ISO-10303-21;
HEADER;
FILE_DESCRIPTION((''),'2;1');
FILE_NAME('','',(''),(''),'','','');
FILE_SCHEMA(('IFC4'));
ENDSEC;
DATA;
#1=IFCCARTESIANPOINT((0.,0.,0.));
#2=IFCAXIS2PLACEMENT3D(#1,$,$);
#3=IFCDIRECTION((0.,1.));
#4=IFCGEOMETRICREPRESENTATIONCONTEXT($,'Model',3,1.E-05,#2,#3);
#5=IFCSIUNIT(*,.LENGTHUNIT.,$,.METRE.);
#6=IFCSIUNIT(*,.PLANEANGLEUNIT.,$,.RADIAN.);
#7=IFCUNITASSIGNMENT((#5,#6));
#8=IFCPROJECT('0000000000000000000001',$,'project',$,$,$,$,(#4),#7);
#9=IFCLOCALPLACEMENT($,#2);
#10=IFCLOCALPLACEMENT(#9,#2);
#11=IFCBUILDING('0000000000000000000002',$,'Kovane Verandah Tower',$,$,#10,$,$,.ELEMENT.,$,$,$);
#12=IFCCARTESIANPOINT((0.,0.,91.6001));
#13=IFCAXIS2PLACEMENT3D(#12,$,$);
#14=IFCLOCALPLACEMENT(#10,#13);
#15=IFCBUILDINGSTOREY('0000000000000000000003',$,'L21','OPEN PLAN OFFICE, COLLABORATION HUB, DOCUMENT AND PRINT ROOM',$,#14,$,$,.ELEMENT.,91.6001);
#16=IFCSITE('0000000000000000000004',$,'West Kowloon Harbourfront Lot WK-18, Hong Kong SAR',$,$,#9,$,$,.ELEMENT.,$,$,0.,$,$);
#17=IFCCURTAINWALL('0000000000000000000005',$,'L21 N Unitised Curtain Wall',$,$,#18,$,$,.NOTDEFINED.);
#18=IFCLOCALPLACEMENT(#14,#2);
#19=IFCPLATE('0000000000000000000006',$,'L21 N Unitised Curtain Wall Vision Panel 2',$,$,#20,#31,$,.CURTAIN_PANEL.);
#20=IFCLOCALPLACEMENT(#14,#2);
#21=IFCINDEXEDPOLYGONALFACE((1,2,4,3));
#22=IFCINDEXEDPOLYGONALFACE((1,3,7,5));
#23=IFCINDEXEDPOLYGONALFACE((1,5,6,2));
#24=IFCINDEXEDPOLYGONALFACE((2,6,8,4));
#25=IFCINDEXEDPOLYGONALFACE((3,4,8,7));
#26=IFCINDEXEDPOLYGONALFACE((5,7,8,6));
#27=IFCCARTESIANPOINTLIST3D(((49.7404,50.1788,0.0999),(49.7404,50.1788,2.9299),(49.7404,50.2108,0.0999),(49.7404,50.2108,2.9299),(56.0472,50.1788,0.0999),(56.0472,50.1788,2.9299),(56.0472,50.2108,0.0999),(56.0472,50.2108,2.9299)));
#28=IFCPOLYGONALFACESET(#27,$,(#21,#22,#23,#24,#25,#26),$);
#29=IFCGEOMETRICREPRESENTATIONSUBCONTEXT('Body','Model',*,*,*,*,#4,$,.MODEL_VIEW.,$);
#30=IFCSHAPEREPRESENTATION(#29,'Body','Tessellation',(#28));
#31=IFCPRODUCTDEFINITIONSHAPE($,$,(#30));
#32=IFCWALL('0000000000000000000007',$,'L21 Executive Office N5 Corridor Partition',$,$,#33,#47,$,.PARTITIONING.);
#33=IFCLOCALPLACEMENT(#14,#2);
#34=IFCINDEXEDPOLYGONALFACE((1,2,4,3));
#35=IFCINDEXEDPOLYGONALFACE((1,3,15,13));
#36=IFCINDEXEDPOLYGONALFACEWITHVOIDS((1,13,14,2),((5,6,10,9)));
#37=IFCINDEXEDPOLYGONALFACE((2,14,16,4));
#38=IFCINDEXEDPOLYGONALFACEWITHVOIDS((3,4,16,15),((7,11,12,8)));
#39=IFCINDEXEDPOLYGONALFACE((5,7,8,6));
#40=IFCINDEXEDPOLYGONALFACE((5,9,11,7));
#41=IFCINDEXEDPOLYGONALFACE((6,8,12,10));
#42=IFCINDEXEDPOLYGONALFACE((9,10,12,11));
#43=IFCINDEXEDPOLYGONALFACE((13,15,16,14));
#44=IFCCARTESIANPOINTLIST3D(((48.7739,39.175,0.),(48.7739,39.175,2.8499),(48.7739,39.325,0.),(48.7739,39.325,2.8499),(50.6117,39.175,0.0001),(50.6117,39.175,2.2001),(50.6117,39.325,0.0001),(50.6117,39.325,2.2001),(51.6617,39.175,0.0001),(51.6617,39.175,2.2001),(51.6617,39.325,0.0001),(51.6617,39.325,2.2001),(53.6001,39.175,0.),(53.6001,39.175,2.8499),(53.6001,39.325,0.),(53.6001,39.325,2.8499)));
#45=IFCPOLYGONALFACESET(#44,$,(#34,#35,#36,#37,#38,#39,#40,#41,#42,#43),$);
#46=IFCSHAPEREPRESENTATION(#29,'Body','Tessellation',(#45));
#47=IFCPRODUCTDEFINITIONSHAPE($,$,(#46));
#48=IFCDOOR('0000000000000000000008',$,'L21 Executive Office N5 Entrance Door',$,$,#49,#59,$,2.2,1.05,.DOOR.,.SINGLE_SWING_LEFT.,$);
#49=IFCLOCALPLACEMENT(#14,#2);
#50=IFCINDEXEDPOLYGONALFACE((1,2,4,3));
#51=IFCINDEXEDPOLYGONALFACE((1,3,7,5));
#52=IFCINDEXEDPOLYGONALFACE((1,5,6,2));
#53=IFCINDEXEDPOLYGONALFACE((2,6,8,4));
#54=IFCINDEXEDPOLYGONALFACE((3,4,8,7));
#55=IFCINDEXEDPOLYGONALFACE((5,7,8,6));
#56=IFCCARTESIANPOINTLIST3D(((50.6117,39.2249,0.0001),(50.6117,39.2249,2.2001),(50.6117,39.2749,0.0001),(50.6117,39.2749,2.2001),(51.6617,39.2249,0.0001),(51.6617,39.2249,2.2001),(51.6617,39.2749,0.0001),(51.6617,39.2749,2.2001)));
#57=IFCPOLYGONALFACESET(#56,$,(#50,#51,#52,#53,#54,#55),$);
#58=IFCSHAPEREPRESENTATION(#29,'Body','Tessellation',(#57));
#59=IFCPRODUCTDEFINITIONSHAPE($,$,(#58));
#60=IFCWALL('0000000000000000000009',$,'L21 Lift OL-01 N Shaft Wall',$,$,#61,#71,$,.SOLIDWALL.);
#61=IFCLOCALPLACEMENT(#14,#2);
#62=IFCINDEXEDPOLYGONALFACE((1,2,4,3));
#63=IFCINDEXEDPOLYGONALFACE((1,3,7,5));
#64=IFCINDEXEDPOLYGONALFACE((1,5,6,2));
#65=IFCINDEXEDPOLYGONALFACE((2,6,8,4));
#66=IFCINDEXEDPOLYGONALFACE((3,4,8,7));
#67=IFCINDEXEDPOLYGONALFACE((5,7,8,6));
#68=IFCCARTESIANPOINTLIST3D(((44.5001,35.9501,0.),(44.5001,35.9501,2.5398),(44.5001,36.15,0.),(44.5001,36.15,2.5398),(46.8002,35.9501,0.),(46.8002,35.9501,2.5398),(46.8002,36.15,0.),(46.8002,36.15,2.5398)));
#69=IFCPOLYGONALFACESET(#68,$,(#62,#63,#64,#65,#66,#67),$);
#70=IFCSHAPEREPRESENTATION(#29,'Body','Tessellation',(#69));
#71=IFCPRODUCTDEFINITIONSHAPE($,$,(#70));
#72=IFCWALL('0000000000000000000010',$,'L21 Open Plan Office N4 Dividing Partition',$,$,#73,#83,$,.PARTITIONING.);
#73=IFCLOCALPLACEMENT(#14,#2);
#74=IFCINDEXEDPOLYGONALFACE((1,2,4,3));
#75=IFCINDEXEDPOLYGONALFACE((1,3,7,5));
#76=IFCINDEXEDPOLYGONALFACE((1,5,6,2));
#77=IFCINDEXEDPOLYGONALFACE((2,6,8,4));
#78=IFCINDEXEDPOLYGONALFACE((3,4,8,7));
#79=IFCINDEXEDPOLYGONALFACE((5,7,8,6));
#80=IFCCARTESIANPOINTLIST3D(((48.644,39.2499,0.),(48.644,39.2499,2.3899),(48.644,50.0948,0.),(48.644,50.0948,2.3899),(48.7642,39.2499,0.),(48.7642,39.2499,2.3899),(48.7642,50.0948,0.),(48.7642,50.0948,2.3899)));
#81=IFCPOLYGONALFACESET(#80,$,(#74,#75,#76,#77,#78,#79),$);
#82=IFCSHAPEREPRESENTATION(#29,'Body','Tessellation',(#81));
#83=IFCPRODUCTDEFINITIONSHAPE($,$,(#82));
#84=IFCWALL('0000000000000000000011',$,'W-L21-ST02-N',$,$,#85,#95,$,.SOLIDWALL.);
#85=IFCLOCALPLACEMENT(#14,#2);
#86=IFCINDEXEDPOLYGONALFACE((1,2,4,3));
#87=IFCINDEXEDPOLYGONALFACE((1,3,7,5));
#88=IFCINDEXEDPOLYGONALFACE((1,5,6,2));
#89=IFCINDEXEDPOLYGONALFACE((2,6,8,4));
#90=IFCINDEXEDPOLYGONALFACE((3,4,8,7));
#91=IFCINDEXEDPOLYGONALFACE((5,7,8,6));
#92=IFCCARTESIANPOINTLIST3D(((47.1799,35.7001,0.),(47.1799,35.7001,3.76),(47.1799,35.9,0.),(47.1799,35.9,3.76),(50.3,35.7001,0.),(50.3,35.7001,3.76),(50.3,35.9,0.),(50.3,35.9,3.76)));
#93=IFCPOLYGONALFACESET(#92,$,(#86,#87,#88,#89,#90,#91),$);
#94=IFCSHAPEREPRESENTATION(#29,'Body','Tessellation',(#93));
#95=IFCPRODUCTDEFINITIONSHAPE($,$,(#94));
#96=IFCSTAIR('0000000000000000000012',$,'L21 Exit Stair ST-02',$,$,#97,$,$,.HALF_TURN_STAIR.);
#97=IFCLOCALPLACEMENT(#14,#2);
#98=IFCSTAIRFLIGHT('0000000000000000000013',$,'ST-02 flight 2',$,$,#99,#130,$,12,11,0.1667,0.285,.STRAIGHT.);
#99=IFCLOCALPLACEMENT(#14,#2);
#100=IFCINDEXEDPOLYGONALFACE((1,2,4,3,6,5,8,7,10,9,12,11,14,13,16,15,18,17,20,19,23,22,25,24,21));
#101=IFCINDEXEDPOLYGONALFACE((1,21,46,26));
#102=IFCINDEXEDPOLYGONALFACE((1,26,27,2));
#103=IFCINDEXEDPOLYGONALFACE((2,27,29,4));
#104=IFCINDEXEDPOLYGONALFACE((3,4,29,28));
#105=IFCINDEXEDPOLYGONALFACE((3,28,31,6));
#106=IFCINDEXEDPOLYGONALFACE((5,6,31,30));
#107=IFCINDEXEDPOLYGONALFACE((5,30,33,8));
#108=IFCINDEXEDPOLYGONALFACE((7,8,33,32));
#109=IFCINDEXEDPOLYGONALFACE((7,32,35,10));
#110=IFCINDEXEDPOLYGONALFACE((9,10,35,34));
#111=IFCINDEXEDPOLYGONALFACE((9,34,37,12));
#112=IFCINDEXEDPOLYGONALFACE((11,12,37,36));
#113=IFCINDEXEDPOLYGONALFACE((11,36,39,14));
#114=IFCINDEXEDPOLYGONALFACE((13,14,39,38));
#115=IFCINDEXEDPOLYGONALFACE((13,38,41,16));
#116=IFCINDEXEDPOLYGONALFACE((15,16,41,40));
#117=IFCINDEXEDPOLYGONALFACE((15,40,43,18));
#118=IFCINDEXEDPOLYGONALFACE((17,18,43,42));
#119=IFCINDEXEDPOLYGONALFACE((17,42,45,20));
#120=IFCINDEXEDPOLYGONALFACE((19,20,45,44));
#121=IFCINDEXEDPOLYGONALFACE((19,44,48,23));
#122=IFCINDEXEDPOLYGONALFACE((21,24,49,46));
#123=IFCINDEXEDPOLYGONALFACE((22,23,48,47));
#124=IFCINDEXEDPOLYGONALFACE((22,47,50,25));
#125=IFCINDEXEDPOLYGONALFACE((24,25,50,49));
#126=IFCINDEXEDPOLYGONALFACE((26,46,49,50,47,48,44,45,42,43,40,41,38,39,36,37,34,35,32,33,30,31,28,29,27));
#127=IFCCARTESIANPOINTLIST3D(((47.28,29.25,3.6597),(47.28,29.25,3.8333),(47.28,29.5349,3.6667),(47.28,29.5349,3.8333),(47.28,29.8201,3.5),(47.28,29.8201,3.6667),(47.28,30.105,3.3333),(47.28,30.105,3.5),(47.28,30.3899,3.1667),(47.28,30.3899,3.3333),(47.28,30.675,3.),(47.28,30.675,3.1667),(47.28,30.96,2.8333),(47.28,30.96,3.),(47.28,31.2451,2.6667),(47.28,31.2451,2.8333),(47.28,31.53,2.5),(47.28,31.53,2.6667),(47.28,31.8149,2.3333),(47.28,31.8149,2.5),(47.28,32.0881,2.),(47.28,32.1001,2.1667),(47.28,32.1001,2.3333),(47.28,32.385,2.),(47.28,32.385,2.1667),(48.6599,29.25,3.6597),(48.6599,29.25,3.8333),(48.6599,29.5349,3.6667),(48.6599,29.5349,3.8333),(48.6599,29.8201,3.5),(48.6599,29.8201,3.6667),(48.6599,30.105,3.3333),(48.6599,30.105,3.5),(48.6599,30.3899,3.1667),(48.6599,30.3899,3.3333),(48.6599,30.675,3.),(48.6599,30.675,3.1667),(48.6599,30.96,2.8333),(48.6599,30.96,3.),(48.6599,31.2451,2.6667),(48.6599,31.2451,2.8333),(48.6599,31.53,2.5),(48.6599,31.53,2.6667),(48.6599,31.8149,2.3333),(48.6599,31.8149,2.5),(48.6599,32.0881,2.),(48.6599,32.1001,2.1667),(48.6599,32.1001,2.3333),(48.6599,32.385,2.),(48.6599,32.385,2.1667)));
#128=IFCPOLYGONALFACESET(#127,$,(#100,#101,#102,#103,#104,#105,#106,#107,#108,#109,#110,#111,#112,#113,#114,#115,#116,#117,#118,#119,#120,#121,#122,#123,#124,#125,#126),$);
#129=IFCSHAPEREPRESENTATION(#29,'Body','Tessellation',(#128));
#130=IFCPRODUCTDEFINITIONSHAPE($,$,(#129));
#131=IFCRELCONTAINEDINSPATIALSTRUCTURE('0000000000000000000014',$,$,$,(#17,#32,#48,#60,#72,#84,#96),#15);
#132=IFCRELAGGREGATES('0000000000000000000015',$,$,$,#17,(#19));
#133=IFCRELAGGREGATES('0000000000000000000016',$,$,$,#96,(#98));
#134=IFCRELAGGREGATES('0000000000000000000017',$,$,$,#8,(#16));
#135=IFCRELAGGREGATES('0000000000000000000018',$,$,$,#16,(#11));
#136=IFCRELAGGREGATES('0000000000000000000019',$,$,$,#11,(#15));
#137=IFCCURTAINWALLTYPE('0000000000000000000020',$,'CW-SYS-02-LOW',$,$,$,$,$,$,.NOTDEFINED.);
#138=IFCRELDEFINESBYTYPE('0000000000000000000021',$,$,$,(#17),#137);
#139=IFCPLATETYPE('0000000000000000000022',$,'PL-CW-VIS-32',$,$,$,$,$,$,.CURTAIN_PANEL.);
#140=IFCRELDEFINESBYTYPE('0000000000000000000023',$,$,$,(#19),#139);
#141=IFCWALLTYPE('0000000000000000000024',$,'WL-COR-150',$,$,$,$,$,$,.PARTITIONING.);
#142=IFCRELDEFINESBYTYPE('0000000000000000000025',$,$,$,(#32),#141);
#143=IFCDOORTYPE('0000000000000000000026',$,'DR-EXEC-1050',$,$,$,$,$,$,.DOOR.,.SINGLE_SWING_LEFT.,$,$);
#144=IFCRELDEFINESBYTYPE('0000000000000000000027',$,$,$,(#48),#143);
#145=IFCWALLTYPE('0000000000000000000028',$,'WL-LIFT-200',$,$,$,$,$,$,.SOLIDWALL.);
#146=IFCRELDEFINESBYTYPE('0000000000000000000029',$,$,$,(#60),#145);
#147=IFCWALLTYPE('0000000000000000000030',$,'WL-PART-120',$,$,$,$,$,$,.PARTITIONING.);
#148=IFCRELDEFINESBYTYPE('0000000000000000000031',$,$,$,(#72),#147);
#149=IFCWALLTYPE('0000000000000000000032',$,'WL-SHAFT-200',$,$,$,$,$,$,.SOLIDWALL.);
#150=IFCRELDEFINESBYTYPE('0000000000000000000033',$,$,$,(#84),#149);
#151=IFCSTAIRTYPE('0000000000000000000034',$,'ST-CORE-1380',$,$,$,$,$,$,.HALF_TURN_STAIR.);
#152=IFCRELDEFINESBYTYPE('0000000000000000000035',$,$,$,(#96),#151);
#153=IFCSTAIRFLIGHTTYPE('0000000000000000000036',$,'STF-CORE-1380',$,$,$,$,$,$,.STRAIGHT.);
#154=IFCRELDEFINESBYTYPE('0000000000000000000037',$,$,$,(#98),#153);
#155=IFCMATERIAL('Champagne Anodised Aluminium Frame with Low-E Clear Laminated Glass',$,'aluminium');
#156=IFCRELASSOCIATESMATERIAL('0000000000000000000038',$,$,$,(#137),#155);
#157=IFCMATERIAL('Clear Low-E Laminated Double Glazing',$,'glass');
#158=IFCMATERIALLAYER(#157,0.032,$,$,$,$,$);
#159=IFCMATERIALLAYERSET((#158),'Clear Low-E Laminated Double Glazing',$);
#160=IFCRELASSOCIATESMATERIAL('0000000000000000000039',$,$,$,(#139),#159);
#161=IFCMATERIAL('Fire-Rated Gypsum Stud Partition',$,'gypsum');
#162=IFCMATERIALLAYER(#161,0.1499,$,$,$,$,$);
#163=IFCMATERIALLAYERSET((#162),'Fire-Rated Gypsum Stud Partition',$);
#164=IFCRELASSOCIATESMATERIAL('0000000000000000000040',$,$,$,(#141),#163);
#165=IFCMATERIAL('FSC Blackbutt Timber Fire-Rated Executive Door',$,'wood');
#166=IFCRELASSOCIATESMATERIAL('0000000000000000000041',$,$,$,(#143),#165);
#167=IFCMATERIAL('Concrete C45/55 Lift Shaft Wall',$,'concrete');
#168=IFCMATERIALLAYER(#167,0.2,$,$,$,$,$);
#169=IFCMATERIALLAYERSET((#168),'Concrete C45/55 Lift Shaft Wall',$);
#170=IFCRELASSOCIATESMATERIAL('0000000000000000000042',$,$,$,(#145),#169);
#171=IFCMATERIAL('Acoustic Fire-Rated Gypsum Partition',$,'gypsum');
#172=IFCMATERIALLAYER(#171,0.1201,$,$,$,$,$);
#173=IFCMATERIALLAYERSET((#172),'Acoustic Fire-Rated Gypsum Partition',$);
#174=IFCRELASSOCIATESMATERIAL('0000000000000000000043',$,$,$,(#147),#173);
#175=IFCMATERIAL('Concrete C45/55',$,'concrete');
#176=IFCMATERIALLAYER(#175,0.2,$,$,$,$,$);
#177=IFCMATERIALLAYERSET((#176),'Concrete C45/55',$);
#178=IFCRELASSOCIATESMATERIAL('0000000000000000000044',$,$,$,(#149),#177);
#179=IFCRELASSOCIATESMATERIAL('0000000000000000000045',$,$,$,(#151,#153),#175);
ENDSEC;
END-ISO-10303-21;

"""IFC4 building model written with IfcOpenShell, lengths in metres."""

from ifc_helpers import new_model, si_unit, direction, frame, frame_2d, origin, origin_2d, place, context, subcontext, project, spatial, polyline, rectangle, outline, extrude, material, layer, layer_set, type_object, element, fill, aggregate, save


model = new_model("IFC4")

# Units and contexts
model_context = context("Model", 3, precision=1e-05, world=origin(), true_north=direction((0.0, 1.0)))
body_context = subcontext(model_context, "Body", "Model", "MODEL_VIEW")
ifc_project = project(units=[si_unit("LENGTHUNIT", "METRE"), si_unit("PLANEANGLEUNIT", "RADIAN")], contexts=[model_context])

# Site, building, storey
site_placement = place(None, origin())
site = spatial("IfcSite", under=ifc_project, at=site_placement, Name="West Kowloon Harbourfront Lot WK-18, Hong Kong SAR", CompositionType="ELEMENT", RefElevation=0.0)
building_placement = place(site_placement, origin())
building = spatial("IfcBuilding", under=site, at=building_placement, Name="Kovane Verandah Tower", CompositionType="ELEMENT")
storey_placement = place(building_placement, frame((0.0, 0.0, 91.6001)))
storey = spatial("IfcBuildingStorey", under=building, at=storey_placement, Name="L21", Description="OPEN PLAN OFFICE, COLLABORATION HUB, DOCUMENT AND PRINT ROOM", CompositionType="ELEMENT", Elevation=91.6001)

# Curtain wall, plate
ifc_material_1 = material(Name="Champagne Anodised Aluminium Frame with Low-E Clear Laminated Glass", Category="aluminium")
curtain_wall_type = type_object("IfcCurtainWallType", Name="CW-SYS-02-LOW", PredefinedType="NOTDEFINED", material=ifc_material_1)
curtain_wall_placement = place(storey_placement, origin())
curtain_wall = element("IfcCurtainWall", 1, at=curtain_wall_placement, inside=storey, type_object=curtain_wall_type, Name="L21 N Unitised Curtain Wall", PredefinedType="NOTDEFINED")
ifc_material_2 = material(Name="Clear Low-E Laminated Double Glazing", Category="glass")
ifc_layer_1 = layer(ifc_material_2, 0.032)
ifc_layer_set_1 = layer_set([ifc_layer_1], Name="Clear Low-E Laminated Double Glazing")
plate_type_1 = type_object("IfcPlateType", Name="PL-CW-VIS-32", PredefinedType="CURTAIN_PANEL", material=ifc_layer_set_1)
plate_1_placement = place(storey_placement, frame((52.8938, 50.1948, 0.0999), z_axis=(0.0, 0.0, 1.0), x_axis=(-1.0, 0.0, 0.0)))
plate_1 = element("IfcPlate", 2, at=plate_1_placement, type_object=plate_type_1, Name="L21 N Unitised Curtain Wall Vision Panel 2", PredefinedType="CURTAIN_PANEL", context=body_context, shape_type="SweptSolid", body=[
    extrude(rectangle(XDim=6.3069, YDim=0.032, at=origin_2d()), origin(), (0.0, 0.0, 1.0), 2.8301),
])
aggregate(curtain_wall, [plate_1])

# Wall, opening, door
ifc_material_3 = material(Name="Fire-Rated Gypsum Stud Partition", Category="gypsum")
ifc_layer_2 = layer(ifc_material_3, 0.1499)
ifc_layer_set_2 = layer_set([ifc_layer_2], Name="Fire-Rated Gypsum Stud Partition")
wall_type_1 = type_object("IfcWallType", Name="WL-COR-150", PredefinedType="PARTITIONING", material=ifc_layer_set_2)
wall_1_placement = place(storey_placement, frame((48.7739, 39.25, 0.0), z_axis=(0.0, 0.0, 1.0), x_axis=(1.0, 0.0, 0.0)))
wall_1 = element("IfcWall", 3, at=wall_1_placement, inside=storey, type_object=wall_type_1, Name="L21 Executive Office N5 Corridor Partition", PredefinedType="PARTITIONING", context=body_context, shape_type="SweptSolid", body=[
    extrude(rectangle(XDim=4.8262, YDim=0.1499, at=frame_2d((2.4131, 0.0))), origin(), (0.0, 0.0, 1.0), 2.8499),
])
opening_placement = place(wall_1_placement, frame((1.8379, 0.0, 0.0)))
opening = element("IfcOpeningElement", 4, at=opening_placement, cuts=wall_1, PredefinedType="OPENING", context=body_context, shape_type="SweptSolid", body=[
    extrude(rectangle(XDim=1.05, YDim=2.2, at=frame_2d((0.5249, 1.1001))), frame((0.0, 0.075, 0.0), z_axis=(0.0, -1.0, 0.0), x_axis=(1.0, 0.0, 0.0)), (0.0, 0.0, 1.0), 0.1499),
])
ifc_material_4 = material(Name="FSC Blackbutt Timber Fire-Rated Executive Door", Category="wood")
door_type = type_object("IfcDoorType", Name="DR-EXEC-1050", OperationType="SINGLE_SWING_LEFT", PredefinedType="DOOR", material=ifc_material_4)
door_placement = place(opening_placement, origin())
door = element("IfcDoor", 5, at=door_placement, inside=storey, type_object=door_type, Name="L21 Executive Office N5 Entrance Door", OperationType="SINGLE_SWING_LEFT", OverallHeight=2.2, OverallWidth=1.05, PredefinedType="DOOR", context=body_context, shape_type="SweptSolid", body=[
    extrude(rectangle(XDim=1.05, YDim=2.2, at=frame_2d((0.5249, 1.1001))), frame((0.0, 0.0249, 0.0), z_axis=(0.0, -1.0, 0.0), x_axis=(1.0, 0.0, 0.0)), (0.0, 0.0, 1.0), 0.05),
])
fill(opening, door)

# Walls
ifc_material_5 = material(Name="Concrete C45/55 Lift Shaft Wall", Category="concrete")
ifc_layer_3 = layer(ifc_material_5, 0.2)
ifc_layer_set_3 = layer_set([ifc_layer_3], Name="Concrete C45/55 Lift Shaft Wall")
wall_type_2 = type_object("IfcWallType", Name="WL-LIFT-200", PredefinedType="SOLIDWALL", material=ifc_layer_set_3)
wall_2_placement = place(storey_placement, frame((46.8, 36.05, 0.0), z_axis=(0.0, 0.0, 1.0), x_axis=(-1.0, 0.0, 0.0)))
element("IfcWall", 6, at=wall_2_placement, inside=storey, type_object=wall_type_2, Name="L21 Lift OL-01 N Shaft Wall", PredefinedType="SOLIDWALL", context=body_context, shape_type="SweptSolid", body=[
    extrude(rectangle(XDim=2.3, YDim=0.2, at=frame_2d((1.1499, 0.0))), origin(), (0.0, 0.0, 1.0), 2.5398),
])
ifc_material_6 = material(Name="Acoustic Fire-Rated Gypsum Partition", Category="gypsum")
ifc_layer_4 = layer(ifc_material_6, 0.1201)
ifc_layer_set_4 = layer_set([ifc_layer_4], Name="Acoustic Fire-Rated Gypsum Partition")
wall_type_3 = type_object("IfcWallType", Name="WL-PART-120", PredefinedType="PARTITIONING", material=ifc_layer_set_4)
wall_3_placement = place(storey_placement, frame((48.7041, 39.25, 0.0), z_axis=(0.0, 0.0, 1.0), x_axis=(0.0, 1.0, 0.0)))
element("IfcWall", 7, at=wall_3_placement, inside=storey, type_object=wall_type_3, Name="L21 Open Plan Office N4 Dividing Partition", PredefinedType="PARTITIONING", context=body_context, shape_type="SweptSolid", body=[
    extrude(rectangle(XDim=10.845, YDim=0.1201, at=frame_2d((5.4224, 0.0))), origin(), (0.0, 0.0, 1.0), 2.3899),
])
ifc_material_7 = material(Name="Concrete C45/55", Category="concrete")
ifc_layer_5 = layer(ifc_material_7, 0.2)
ifc_layer_set_5 = layer_set([ifc_layer_5], Name="Concrete C45/55")
wall_type_4 = type_object("IfcWallType", Name="WL-SHAFT-200", PredefinedType="SOLIDWALL", material=ifc_layer_set_5)
wall_4_placement = place(storey_placement, frame((47.1799, 35.8, 0.0), z_axis=(0.0, 0.0, 1.0), x_axis=(1.0, 0.0, 0.0)))
element("IfcWall", 8, at=wall_4_placement, inside=storey, type_object=wall_type_4, Name="W-L21-ST02-N", PredefinedType="SOLIDWALL", context=body_context, shape_type="SweptSolid", body=[
    extrude(rectangle(XDim=3.1201, YDim=0.2, at=frame_2d((1.5601, 0.0))), origin(), (0.0, 0.0, 1.0), 3.76),
])

# Stair, stair flight
stair_type = type_object("IfcStairType", Name="ST-CORE-1380", PredefinedType="HALF_TURN_STAIR", material=ifc_material_7)
stair_placement = place(storey_placement, origin())
stair = element("IfcStair", 9, at=stair_placement, inside=storey, type_object=stair_type, Name="L21 Exit Stair ST-02", PredefinedType="HALF_TURN_STAIR")
stair_flight_type = type_object("IfcStairFlightType", Name="STF-CORE-1380", PredefinedType="STRAIGHT", material=ifc_material_7)
stair_flight_placement = place(storey_placement, frame((47.97, 32.385, 2.0), z_axis=(0.0, 0.0, 1.0), x_axis=(0.0, -1.0, 0.0)))
stair_flight = element("IfcStairFlight", 10, at=stair_flight_placement, type_object=stair_flight_type, Name="ST-02 flight 2", NumberOfRisers=12, NumberOfTreads=11, PredefinedType="STRAIGHT", RiserHeight=0.1667, TreadLength=0.285, context=body_context, shape_type="SweptSolid", body=[
    extrude(outline(polyline([(0.0, 0.0), (0.0, 0.1667), (0.2849, 0.1667), (0.2849, 0.3333), (0.5701, 0.3333), (0.5701, 0.5), (0.855, 0.5), (0.855, 0.6667), (1.1399, 0.6667), (1.1399, 0.8333), (1.425, 0.8333), (1.425, 1.0), (1.71, 1.0), (1.71, 1.1667), (1.9951, 1.1667), (1.9951, 1.3333), (2.28, 1.3333), (2.28, 1.5), (2.5649, 1.5), (2.5649, 1.6667), (2.8501, 1.6667), (2.8501, 1.8333), (3.135, 1.8333), (3.135, 2.0), (3.135, 1.6597), (0.2969, 0.0), (0.0, 0.0)])), frame((0.0, 0.6899, 0.0), z_axis=(0.0, -1.0, 0.0), x_axis=(1.0, 0.0, 0.0)), (0.0, 0.0, 1.0), 1.3799),
])
aggregate(stair, [stair_flight])

save(model, "model.ifc")
